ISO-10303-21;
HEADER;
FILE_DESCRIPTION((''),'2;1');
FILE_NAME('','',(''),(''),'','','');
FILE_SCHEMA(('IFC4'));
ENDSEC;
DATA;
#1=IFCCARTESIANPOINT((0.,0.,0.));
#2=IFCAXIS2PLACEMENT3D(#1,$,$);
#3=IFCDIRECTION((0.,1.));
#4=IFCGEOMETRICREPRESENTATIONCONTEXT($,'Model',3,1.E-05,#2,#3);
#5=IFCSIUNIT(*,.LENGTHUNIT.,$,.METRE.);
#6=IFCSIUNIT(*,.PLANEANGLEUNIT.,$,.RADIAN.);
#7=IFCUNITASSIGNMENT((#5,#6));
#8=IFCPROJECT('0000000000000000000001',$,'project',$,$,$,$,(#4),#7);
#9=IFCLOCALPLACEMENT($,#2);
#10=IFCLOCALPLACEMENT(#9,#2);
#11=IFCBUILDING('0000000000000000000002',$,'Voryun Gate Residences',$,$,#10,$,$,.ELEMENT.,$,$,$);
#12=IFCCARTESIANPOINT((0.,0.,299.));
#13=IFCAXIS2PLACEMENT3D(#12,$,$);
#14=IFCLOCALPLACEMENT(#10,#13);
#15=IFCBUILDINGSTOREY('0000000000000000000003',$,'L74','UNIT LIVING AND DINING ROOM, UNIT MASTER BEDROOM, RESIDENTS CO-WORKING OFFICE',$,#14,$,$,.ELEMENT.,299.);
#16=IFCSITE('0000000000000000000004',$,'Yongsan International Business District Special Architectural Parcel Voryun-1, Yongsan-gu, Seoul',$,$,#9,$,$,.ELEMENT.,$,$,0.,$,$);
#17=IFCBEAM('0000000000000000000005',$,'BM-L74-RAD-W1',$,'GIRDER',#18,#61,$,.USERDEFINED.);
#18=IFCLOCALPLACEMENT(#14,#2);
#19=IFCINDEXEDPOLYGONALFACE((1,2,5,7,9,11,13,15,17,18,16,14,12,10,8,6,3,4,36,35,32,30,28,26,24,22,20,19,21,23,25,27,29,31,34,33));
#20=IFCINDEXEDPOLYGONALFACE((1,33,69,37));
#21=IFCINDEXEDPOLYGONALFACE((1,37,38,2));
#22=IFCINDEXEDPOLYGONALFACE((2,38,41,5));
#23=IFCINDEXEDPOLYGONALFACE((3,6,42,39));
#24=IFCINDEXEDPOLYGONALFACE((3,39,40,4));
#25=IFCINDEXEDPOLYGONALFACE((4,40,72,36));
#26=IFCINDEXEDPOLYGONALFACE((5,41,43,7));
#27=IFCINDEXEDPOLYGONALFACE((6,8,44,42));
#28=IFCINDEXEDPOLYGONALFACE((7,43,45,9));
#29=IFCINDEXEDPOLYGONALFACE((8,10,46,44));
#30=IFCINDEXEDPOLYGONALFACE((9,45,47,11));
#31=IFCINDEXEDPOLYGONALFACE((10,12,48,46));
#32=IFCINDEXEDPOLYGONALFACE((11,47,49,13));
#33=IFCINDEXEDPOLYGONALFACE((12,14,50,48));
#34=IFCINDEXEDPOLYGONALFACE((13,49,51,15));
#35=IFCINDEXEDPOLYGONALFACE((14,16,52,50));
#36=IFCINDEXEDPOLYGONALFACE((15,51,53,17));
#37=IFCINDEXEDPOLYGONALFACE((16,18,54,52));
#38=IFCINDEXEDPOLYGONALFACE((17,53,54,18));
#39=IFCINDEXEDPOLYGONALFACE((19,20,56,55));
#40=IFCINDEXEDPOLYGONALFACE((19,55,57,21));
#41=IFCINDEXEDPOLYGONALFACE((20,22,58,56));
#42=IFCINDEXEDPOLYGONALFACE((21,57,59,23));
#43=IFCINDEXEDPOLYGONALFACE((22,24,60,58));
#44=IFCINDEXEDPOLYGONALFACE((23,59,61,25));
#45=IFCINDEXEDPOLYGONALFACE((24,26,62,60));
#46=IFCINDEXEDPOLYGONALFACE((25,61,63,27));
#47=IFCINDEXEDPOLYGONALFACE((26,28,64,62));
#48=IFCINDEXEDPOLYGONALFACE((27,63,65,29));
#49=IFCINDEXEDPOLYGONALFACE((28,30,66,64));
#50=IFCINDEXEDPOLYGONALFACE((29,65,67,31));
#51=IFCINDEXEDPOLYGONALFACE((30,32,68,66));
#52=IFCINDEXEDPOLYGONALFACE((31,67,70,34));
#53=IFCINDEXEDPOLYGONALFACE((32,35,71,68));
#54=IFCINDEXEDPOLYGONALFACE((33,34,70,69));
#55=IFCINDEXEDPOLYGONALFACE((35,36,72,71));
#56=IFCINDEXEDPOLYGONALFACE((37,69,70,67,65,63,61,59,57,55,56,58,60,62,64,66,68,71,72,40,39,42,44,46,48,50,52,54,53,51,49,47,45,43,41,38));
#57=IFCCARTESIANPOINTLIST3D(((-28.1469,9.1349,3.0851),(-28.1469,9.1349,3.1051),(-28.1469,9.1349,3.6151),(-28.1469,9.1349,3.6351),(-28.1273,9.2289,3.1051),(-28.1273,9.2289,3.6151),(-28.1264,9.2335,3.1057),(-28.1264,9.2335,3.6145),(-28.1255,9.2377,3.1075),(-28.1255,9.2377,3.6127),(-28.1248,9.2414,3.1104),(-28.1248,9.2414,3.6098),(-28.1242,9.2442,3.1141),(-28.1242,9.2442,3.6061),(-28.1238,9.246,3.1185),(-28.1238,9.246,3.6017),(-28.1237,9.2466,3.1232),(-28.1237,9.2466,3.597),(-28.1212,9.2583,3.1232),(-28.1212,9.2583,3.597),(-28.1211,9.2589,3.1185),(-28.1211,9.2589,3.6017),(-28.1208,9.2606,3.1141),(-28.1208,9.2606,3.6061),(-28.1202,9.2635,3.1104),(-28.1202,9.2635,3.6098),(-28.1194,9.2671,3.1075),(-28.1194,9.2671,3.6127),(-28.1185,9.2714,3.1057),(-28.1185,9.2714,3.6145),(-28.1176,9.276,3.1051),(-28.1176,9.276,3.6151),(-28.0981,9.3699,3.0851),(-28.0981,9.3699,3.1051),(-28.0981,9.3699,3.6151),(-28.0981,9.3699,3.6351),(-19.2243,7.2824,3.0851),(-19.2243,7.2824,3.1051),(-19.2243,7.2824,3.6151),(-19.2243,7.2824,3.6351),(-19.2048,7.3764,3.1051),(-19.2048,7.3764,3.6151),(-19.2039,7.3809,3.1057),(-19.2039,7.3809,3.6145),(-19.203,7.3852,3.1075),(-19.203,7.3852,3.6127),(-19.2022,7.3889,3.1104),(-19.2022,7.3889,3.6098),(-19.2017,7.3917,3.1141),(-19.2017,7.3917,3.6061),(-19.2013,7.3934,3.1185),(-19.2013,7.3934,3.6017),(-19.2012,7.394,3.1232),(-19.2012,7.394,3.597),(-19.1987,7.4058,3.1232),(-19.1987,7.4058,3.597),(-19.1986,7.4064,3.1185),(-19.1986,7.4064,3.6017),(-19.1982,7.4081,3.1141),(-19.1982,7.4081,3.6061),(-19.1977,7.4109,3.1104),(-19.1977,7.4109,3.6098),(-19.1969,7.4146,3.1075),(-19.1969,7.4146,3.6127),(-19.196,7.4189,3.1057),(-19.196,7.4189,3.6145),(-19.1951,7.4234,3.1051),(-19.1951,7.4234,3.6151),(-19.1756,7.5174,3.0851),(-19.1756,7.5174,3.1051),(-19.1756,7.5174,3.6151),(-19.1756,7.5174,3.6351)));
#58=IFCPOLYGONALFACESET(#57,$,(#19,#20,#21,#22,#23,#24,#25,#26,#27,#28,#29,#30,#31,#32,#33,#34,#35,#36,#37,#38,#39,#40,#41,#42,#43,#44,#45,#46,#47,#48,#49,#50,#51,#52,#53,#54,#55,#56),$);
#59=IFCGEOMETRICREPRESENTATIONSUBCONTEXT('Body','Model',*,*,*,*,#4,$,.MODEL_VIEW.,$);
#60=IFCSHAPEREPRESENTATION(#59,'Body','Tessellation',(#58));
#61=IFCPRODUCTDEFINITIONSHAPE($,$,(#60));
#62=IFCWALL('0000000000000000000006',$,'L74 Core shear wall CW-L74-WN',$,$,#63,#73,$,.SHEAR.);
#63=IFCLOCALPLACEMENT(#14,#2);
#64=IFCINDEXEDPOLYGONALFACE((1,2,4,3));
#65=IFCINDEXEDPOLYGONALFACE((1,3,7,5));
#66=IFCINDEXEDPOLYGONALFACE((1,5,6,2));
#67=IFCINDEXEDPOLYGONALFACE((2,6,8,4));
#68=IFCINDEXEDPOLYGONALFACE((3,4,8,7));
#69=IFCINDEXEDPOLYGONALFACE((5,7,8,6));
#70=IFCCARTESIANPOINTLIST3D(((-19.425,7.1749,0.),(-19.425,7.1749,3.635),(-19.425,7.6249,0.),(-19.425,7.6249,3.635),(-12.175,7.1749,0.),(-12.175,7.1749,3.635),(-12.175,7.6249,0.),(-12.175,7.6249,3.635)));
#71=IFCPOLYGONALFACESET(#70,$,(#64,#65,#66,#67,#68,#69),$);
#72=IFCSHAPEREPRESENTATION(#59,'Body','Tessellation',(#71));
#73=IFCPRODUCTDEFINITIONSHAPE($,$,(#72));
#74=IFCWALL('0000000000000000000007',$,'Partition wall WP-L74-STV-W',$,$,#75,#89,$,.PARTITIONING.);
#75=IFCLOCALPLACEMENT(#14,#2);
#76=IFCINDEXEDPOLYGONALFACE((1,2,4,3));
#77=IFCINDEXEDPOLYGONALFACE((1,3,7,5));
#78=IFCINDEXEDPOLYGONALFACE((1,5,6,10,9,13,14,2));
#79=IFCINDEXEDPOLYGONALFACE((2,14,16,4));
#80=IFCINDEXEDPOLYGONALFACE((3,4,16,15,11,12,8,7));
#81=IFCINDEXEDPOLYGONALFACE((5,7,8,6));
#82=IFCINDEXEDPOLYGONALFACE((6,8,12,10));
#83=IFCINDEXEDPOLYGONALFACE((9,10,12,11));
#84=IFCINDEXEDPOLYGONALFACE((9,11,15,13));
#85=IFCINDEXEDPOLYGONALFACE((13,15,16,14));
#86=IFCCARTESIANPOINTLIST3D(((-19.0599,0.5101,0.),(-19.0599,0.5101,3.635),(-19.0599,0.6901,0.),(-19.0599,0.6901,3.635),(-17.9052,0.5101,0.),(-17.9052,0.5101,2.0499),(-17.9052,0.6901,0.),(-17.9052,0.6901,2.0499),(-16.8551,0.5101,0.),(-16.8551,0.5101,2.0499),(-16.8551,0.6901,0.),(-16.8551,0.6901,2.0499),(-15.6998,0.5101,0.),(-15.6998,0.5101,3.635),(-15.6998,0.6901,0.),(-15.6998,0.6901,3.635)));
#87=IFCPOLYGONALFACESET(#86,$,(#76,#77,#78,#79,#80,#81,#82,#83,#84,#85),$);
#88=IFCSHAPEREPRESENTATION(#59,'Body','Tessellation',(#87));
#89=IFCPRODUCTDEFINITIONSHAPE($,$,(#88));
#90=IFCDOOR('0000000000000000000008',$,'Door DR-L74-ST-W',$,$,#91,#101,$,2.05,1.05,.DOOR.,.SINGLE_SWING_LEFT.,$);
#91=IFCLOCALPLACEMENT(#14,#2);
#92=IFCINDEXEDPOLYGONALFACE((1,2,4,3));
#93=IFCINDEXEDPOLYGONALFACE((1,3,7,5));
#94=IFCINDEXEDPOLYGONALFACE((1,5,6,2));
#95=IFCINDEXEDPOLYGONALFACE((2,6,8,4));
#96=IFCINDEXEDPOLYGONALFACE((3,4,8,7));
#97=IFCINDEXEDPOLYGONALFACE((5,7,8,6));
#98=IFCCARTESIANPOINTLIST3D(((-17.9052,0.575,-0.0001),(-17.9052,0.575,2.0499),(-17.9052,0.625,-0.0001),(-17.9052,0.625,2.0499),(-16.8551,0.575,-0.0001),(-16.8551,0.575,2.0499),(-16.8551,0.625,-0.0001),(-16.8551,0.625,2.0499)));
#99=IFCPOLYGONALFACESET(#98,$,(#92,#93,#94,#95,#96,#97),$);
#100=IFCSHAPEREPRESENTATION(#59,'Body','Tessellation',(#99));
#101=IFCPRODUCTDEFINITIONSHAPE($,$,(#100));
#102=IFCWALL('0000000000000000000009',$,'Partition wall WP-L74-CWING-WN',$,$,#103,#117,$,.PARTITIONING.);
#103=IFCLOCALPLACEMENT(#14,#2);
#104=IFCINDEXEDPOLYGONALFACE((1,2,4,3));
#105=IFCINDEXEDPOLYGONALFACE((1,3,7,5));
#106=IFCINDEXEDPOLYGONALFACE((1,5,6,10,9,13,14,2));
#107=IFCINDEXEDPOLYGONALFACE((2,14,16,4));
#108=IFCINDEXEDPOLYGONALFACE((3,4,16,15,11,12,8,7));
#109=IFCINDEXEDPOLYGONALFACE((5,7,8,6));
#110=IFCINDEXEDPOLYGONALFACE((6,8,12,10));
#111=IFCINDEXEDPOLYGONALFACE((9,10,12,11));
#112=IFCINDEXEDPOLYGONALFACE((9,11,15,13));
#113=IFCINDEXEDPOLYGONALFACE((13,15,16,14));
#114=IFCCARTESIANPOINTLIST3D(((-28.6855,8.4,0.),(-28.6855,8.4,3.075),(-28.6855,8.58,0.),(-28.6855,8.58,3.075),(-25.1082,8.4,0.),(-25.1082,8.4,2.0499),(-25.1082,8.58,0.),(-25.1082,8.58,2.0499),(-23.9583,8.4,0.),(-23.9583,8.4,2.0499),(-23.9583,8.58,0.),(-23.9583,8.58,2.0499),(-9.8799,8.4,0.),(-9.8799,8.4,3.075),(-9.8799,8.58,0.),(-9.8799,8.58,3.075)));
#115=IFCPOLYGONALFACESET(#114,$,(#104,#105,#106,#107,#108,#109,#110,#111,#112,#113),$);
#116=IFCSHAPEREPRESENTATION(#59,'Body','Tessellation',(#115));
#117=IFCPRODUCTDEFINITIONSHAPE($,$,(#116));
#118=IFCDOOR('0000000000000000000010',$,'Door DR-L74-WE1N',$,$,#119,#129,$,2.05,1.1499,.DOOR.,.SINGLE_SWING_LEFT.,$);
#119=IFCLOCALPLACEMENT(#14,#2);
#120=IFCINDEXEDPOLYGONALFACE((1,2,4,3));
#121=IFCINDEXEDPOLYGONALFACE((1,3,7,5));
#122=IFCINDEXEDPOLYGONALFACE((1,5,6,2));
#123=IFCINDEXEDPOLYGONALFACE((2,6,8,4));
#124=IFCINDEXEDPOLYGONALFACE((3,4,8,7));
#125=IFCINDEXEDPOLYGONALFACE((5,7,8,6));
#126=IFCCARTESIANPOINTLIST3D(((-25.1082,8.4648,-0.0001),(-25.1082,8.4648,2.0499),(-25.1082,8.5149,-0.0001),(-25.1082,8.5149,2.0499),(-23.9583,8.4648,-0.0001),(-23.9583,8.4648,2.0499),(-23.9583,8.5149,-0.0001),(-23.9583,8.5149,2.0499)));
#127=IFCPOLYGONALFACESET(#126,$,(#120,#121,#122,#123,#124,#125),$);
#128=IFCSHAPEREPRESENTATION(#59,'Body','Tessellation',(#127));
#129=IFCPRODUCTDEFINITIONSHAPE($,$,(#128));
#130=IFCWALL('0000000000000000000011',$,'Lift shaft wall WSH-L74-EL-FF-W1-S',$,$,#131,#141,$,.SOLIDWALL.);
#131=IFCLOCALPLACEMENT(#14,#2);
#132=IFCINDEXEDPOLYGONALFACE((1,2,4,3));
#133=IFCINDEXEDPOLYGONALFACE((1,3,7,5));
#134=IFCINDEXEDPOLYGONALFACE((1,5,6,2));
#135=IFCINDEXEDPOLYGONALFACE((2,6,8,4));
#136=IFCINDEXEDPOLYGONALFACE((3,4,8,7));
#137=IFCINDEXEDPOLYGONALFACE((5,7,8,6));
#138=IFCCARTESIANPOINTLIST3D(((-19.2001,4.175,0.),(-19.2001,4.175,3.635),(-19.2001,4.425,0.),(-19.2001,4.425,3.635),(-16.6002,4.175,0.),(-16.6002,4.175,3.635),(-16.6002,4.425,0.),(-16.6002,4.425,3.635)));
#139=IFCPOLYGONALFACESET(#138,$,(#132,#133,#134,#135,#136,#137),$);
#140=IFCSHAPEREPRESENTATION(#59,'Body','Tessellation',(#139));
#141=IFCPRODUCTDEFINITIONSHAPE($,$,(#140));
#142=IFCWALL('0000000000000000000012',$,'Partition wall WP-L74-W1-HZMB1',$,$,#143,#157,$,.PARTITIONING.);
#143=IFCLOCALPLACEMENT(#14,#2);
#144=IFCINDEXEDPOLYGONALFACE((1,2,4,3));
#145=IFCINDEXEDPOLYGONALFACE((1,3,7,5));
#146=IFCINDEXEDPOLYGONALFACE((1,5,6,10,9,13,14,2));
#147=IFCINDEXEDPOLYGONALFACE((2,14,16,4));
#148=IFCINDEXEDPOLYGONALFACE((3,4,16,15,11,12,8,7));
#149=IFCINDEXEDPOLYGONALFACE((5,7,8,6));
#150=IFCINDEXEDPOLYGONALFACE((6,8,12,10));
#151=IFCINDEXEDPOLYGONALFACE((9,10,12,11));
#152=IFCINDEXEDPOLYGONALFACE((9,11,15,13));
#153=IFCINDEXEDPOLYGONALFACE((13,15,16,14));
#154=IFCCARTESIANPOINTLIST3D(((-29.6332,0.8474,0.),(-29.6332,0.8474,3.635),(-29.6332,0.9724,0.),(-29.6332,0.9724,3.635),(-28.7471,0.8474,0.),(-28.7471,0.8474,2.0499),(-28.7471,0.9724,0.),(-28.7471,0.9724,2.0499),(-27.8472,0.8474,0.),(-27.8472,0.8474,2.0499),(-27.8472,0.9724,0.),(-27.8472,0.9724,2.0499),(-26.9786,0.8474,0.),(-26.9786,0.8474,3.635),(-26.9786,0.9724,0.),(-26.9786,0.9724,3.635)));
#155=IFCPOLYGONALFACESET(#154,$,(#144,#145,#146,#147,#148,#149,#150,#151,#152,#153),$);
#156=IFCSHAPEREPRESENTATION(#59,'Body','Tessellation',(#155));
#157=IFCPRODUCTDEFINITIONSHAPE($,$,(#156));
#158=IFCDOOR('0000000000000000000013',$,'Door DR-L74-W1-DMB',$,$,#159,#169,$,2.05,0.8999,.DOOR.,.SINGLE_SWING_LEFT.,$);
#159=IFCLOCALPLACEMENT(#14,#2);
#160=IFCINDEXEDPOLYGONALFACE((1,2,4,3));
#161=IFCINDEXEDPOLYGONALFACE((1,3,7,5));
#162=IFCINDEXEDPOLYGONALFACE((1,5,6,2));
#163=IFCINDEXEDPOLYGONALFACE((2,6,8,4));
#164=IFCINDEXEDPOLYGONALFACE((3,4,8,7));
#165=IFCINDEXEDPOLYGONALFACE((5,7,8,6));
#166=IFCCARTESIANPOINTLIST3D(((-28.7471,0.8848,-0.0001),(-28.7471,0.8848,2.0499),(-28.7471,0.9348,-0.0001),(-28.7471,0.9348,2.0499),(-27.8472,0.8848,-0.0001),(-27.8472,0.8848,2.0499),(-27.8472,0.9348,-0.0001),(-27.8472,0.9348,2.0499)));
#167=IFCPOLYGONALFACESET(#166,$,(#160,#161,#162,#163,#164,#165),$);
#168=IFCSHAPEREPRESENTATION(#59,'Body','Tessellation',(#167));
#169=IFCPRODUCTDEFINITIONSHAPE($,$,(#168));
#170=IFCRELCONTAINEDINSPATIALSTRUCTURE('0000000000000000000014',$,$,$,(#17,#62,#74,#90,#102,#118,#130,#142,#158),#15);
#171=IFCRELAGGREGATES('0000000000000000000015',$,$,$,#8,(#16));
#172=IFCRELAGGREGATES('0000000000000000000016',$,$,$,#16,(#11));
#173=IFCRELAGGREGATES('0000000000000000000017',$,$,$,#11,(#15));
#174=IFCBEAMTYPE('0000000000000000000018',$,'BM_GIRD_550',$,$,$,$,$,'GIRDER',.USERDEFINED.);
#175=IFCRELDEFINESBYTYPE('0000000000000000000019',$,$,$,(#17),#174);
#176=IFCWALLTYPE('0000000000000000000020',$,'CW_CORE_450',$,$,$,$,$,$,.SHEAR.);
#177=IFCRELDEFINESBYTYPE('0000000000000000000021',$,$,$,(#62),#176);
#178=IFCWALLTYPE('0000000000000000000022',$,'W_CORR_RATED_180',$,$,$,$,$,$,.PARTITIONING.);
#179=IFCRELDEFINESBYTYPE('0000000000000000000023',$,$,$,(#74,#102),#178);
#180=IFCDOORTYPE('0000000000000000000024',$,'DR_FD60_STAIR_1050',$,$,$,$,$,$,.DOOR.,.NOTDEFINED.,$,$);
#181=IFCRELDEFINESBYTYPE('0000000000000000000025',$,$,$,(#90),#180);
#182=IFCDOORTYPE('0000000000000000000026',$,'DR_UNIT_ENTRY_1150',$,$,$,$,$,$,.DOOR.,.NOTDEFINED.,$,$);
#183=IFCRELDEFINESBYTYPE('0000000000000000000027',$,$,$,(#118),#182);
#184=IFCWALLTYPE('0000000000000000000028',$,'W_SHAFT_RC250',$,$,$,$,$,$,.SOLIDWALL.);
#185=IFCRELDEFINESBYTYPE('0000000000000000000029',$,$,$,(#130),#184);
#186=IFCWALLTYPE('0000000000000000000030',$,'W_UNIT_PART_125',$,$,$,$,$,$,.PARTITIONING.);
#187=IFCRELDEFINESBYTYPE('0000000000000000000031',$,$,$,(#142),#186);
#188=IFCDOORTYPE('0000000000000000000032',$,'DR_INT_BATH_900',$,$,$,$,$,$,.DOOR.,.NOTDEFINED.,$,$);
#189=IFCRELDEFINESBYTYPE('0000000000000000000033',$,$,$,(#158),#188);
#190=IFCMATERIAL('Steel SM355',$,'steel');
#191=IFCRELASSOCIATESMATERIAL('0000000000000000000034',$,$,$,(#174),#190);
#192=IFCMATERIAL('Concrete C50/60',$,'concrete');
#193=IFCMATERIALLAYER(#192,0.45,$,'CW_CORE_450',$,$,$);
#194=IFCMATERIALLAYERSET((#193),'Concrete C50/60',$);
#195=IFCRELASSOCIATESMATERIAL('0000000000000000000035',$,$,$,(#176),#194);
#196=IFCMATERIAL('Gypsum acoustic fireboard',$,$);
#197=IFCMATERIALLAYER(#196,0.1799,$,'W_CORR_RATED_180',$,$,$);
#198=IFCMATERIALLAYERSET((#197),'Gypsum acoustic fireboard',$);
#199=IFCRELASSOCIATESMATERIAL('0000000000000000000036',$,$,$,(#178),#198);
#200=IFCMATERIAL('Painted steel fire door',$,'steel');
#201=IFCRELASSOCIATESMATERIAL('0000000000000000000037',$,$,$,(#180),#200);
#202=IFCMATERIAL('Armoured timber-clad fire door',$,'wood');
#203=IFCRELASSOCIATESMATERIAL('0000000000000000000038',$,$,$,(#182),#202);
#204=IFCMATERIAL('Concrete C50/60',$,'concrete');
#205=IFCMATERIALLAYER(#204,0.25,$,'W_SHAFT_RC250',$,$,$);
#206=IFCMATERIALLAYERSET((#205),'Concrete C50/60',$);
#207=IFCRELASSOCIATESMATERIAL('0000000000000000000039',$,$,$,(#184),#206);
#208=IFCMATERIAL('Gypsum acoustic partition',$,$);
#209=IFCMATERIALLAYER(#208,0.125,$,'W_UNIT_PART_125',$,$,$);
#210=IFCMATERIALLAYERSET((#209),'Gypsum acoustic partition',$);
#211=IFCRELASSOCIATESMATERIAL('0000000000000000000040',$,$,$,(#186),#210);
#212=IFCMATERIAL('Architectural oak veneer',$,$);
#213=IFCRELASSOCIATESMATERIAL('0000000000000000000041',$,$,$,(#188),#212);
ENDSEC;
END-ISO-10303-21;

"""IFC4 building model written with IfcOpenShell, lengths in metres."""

from ifc_helpers import new_model, si_unit, direction, frame, frame_2d, origin, origin_2d, place, context, subcontext, project, spatial, rectangle, i_section, extrude, material, layer, layer_set, material_profile, profile_set, type_object, element, fill, save


model = new_model("IFC4")

# Units and contexts
model_context = context("Model", 3, precision=1e-05, world=origin(), true_north=direction((0.0, 1.0)))
body_context = subcontext(model_context, "Body", "Model", "MODEL_VIEW")
ifc_project = project(units=[si_unit("LENGTHUNIT", "METRE"), si_unit("PLANEANGLEUNIT", "RADIAN")], contexts=[model_context])

# Site, building, storey
site_placement = place(None, origin())
site = spatial("IfcSite", under=ifc_project, at=site_placement, Name="Yongsan International Business District Special Architectural Parcel Voryun-1, Yongsan-gu, Seoul", CompositionType="ELEMENT", RefElevation=0.0)
building_placement = place(site_placement, origin())
building = spatial("IfcBuilding", under=site, at=building_placement, Name="Voryun Gate Residences", CompositionType="ELEMENT")
storey_placement = place(building_placement, frame((0.0, 0.0, 299.0)))
storey = spatial("IfcBuildingStorey", under=building, at=storey_placement, Name="L74", Description="UNIT LIVING AND DINING ROOM, UNIT MASTER BEDROOM, RESIDENTS CO-WORKING OFFICE", CompositionType="ELEMENT", Elevation=299.0)

# Beam
ifc_material_1 = material(Name="Steel SM355", Category="steel")
ifc_material_profile_1 = material_profile(ifc_material_1, i_section(OverallWidth=0.24, OverallDepth=0.55, WebThickness=0.012, FlangeThickness=0.02, FilletRadius=0.0181, at=origin_2d()), Name="H-550x240x12x20")
ifc_profile_set_1 = profile_set([ifc_material_profile_1], Name="Steel SM355")
beam_type_1 = type_object("IfcBeamType", Name="BM_GIRD_550", ElementType="GIRDER", PredefinedType="USERDEFINED", material=ifc_profile_set_1)
beam_1_placement = place(storey_placement, frame((-19.2, 7.3999, 3.3601), z_axis=(-0.979119, 0.203288, 0.0), x_axis=(-0.203288, -0.979119, 0.0)))
element("IfcBeam", 1, at=beam_1_placement, inside=storey, type_object=beam_type_1, Name="BM-L74-RAD-W1", ObjectType="GIRDER", PredefinedType="USERDEFINED", context=body_context, shape_type="SweptSolid", body=[
    extrude(i_section(OverallWidth=0.24, OverallDepth=0.55, WebThickness=0.012, FlangeThickness=0.02, FilletRadius=0.0181, at=origin_2d()), origin(), (0.0, 0.0, 1.0), 9.1128),
])

# Wall
ifc_material_2 = material(Name="Concrete C50/60", Category="concrete")
ifc_layer_1 = layer(ifc_material_2, 0.45, Name="CW_CORE_450")
ifc_layer_set_1 = layer_set([ifc_layer_1], Name="Concrete C50/60")
wall_type_1 = type_object("IfcWallType", Name="CW_CORE_450", PredefinedType="SHEAR", material=ifc_layer_set_1)
wall_1_placement = place(storey_placement, frame((-19.425, 7.3999, 0.0), z_axis=(0.0, 0.0, 1.0), x_axis=(1.0, 0.0, 0.0)))
element("IfcWall", 2, at=wall_1_placement, inside=storey, type_object=wall_type_1, Name="L74 Core shear wall CW-L74-WN", PredefinedType="SHEAR", context=body_context, shape_type="SweptSolid", body=[
    extrude(rectangle(XDim=7.25, YDim=0.45, at=frame_2d((3.625, 0.0))), origin(), (0.0, 0.0, 1.0), 3.635),
])

# Walls, openings, doors
ifc_material_3 = material(Name="Gypsum acoustic fireboard")
ifc_layer_2 = layer(ifc_material_3, 0.1799, Name="W_CORR_RATED_180")
ifc_layer_set_2 = layer_set([ifc_layer_2], Name="Gypsum acoustic fireboard")
wall_type_2 = type_object("IfcWallType", Name="W_CORR_RATED_180", PredefinedType="PARTITIONING", material=ifc_layer_set_2)
wall_2_placement = place(storey_placement, frame((-19.0601, 0.6001, 0.0), z_axis=(0.0, 0.0, 1.0), x_axis=(1.0, 0.0, 0.0)))
wall_2 = element("IfcWall", 3, at=wall_2_placement, inside=storey, type_object=wall_type_2, Name="Partition wall WP-L74-STV-W", PredefinedType="PARTITIONING", context=body_context, shape_type="SweptSolid", body=[
    extrude(rectangle(XDim=3.3601, YDim=0.1799, at=frame_2d((1.6802, 0.0))), origin(), (0.0, 0.0, 1.0), 3.635),
])
opening_1_placement = place(wall_2_placement, frame((1.155, 0.0, 0.0)))
opening_1 = element("IfcOpeningElement", 4, at=opening_1_placement, cuts=wall_2, PredefinedType="OPENING", context=body_context, shape_type="SweptSolid", body=[
    extrude(rectangle(XDim=1.05, YDim=2.05, at=frame_2d((0.5249, 1.0249))), frame((0.0, 0.0999, 0.0), z_axis=(0.0, -1.0, 0.0), x_axis=(1.0, 0.0, 0.0)), (0.0, 0.0, 1.0), 0.2),
])
ifc_material_4 = material(Name="Painted steel fire door", Category="steel")
door_type_1 = type_object("IfcDoorType", Name="DR_FD60_STAIR_1050", OperationType="NOTDEFINED", PredefinedType="DOOR", material=ifc_material_4)
door_1_placement = place(opening_1_placement, origin())
door_1 = element("IfcDoor", 5, at=door_1_placement, inside=storey, type_object=door_type_1, Name="Door DR-L74-ST-W", OperationType="SINGLE_SWING_LEFT", OverallHeight=2.05, OverallWidth=1.05, PredefinedType="DOOR", context=body_context, shape_type="SweptSolid", body=[
    extrude(rectangle(XDim=1.05, YDim=2.05, at=frame_2d((0.5249, 1.0249))), frame((0.0, 0.0249, 0.0), z_axis=(0.0, -1.0, 0.0), x_axis=(1.0, 0.0, 0.0)), (0.0, 0.0, 1.0), 0.05),
])
fill(opening_1, door_1)
wall_3_placement = place(storey_placement, frame((-28.6855, 8.49, 0.0), z_axis=(0.0, 0.0, 1.0), x_axis=(1.0, 0.0, 0.0)))
wall_3 = element("IfcWall", 6, at=wall_3_placement, inside=storey, type_object=wall_type_2, Name="Partition wall WP-L74-CWING-WN", PredefinedType="PARTITIONING", context=body_context, shape_type="SweptSolid", body=[
    extrude(rectangle(XDim=18.8057, YDim=0.1799, at=frame_2d((9.4028, 0.0))), origin(), (0.0, 0.0, 1.0), 3.075),
])
opening_2_placement = place(wall_3_placement, frame((3.5774, 0.0, 0.0)))
opening_2 = element("IfcOpeningElement", 7, at=opening_2_placement, cuts=wall_3, PredefinedType="OPENING", context=body_context, shape_type="SweptSolid", body=[
    extrude(rectangle(XDim=1.1499, YDim=2.05, at=frame_2d((0.575, 1.0249))), frame((0.0, 0.0999, 0.0), z_axis=(0.0, -1.0, 0.0), x_axis=(1.0, 0.0, 0.0)), (0.0, 0.0, 1.0), 0.2),
])
ifc_material_5 = material(Name="Armoured timber-clad fire door", Category="wood")
door_type_2 = type_object("IfcDoorType", Name="DR_UNIT_ENTRY_1150", OperationType="NOTDEFINED", PredefinedType="DOOR", material=ifc_material_5)
door_2_placement = place(opening_2_placement, origin())
door_2 = element("IfcDoor", 8, at=door_2_placement, inside=storey, type_object=door_type_2, Name="Door DR-L74-WE1N", OperationType="SINGLE_SWING_LEFT", OverallHeight=2.05, OverallWidth=1.1499, PredefinedType="DOOR", context=body_context, shape_type="SweptSolid", body=[
    extrude(rectangle(XDim=1.1499, YDim=2.05, at=frame_2d((0.575, 1.0249))), frame((0.0, 0.0249, 0.0), z_axis=(0.0, -1.0, 0.0), x_axis=(1.0, 0.0, 0.0)), (0.0, 0.0, 1.0), 0.05),
])
fill(opening_2, door_2)

# Wall
ifc_material_6 = material(Name="Concrete C50/60", Category="concrete")
ifc_layer_3 = layer(ifc_material_6, 0.25, Name="W_SHAFT_RC250")
ifc_layer_set_3 = layer_set([ifc_layer_3], Name="Concrete C50/60")
wall_type_3 = type_object("IfcWallType", Name="W_SHAFT_RC250", PredefinedType="SOLIDWALL", material=ifc_layer_set_3)
wall_4_placement = place(storey_placement, frame((-19.2, 4.3, 0.0), z_axis=(0.0, 0.0, 1.0), x_axis=(1.0, 0.0, 0.0)))
element("IfcWall", 9, at=wall_4_placement, inside=storey, type_object=wall_type_3, Name="Lift shaft wall WSH-L74-EL-FF-W1-S", PredefinedType="SOLIDWALL", context=body_context, shape_type="SweptSolid", body=[
    extrude(rectangle(XDim=2.5999, YDim=0.25, at=frame_2d((1.2998, 0.0))), origin(), (0.0, 0.0, 1.0), 3.635),
])

# Wall, opening, door
ifc_material_7 = material(Name="Gypsum acoustic partition")
ifc_layer_4 = layer(ifc_material_7, 0.125, Name="W_UNIT_PART_125")
ifc_layer_set_4 = layer_set([ifc_layer_4], Name="Gypsum acoustic partition")
wall_type_4 = type_object("IfcWallType", Name="W_UNIT_PART_125", PredefinedType="PARTITIONING", material=ifc_layer_set_4)
wall_5_placement = place(storey_placement, frame((-29.6331, 0.9099, 0.0), z_axis=(0.0, 0.0, 1.0), x_axis=(1.0, 0.0, 0.0)))
wall_5 = element("IfcWall", 10, at=wall_5_placement, inside=storey, type_object=wall_type_4, Name="Partition wall WP-L74-W1-HZMB1", PredefinedType="PARTITIONING", context=body_context, shape_type="SweptSolid", body=[
    extrude(rectangle(XDim=2.6545, YDim=0.125, at=frame_2d((1.3271, 0.0))), origin(), (0.0, 0.0, 1.0), 3.635),
])
opening_3_placement = place(wall_5_placement, frame((0.886, 0.0, 0.0)))
opening_3 = element("IfcOpeningElement", 11, at=opening_3_placement, cuts=wall_5, PredefinedType="OPENING", context=body_context, shape_type="SweptSolid", body=[
    extrude(rectangle(XDim=0.8999, YDim=2.05, at=frame_2d((0.45, 1.0249))), frame((0.0, 0.0725, 0.0), z_axis=(0.0, -1.0, 0.0), x_axis=(1.0, 0.0, 0.0)), (0.0, 0.0, 1.0), 0.145),
])
ifc_material_8 = material(Name="Architectural oak veneer")
door_type_3 = type_object("IfcDoorType", Name="DR_INT_BATH_900", OperationType="NOTDEFINED", PredefinedType="DOOR", material=ifc_material_8)
door_3_placement = place(opening_3_placement, origin())
door_3 = element("IfcDoor", 12, at=door_3_placement, inside=storey, type_object=door_type_3, Name="Door DR-L74-W1-DMB", OperationType="SINGLE_SWING_LEFT", OverallHeight=2.05, OverallWidth=0.8999, PredefinedType="DOOR", context=body_context, shape_type="SweptSolid", body=[
    extrude(rectangle(XDim=0.8999, YDim=2.05, at=frame_2d((0.45, 1.0249))), frame((0.0, 0.0249, 0.0), z_axis=(0.0, -1.0, 0.0), x_axis=(1.0, 0.0, 0.0)), (0.0, 0.0, 1.0), 0.05),
])
fill(opening_3, door_3)

save(model, "model.ifc")
